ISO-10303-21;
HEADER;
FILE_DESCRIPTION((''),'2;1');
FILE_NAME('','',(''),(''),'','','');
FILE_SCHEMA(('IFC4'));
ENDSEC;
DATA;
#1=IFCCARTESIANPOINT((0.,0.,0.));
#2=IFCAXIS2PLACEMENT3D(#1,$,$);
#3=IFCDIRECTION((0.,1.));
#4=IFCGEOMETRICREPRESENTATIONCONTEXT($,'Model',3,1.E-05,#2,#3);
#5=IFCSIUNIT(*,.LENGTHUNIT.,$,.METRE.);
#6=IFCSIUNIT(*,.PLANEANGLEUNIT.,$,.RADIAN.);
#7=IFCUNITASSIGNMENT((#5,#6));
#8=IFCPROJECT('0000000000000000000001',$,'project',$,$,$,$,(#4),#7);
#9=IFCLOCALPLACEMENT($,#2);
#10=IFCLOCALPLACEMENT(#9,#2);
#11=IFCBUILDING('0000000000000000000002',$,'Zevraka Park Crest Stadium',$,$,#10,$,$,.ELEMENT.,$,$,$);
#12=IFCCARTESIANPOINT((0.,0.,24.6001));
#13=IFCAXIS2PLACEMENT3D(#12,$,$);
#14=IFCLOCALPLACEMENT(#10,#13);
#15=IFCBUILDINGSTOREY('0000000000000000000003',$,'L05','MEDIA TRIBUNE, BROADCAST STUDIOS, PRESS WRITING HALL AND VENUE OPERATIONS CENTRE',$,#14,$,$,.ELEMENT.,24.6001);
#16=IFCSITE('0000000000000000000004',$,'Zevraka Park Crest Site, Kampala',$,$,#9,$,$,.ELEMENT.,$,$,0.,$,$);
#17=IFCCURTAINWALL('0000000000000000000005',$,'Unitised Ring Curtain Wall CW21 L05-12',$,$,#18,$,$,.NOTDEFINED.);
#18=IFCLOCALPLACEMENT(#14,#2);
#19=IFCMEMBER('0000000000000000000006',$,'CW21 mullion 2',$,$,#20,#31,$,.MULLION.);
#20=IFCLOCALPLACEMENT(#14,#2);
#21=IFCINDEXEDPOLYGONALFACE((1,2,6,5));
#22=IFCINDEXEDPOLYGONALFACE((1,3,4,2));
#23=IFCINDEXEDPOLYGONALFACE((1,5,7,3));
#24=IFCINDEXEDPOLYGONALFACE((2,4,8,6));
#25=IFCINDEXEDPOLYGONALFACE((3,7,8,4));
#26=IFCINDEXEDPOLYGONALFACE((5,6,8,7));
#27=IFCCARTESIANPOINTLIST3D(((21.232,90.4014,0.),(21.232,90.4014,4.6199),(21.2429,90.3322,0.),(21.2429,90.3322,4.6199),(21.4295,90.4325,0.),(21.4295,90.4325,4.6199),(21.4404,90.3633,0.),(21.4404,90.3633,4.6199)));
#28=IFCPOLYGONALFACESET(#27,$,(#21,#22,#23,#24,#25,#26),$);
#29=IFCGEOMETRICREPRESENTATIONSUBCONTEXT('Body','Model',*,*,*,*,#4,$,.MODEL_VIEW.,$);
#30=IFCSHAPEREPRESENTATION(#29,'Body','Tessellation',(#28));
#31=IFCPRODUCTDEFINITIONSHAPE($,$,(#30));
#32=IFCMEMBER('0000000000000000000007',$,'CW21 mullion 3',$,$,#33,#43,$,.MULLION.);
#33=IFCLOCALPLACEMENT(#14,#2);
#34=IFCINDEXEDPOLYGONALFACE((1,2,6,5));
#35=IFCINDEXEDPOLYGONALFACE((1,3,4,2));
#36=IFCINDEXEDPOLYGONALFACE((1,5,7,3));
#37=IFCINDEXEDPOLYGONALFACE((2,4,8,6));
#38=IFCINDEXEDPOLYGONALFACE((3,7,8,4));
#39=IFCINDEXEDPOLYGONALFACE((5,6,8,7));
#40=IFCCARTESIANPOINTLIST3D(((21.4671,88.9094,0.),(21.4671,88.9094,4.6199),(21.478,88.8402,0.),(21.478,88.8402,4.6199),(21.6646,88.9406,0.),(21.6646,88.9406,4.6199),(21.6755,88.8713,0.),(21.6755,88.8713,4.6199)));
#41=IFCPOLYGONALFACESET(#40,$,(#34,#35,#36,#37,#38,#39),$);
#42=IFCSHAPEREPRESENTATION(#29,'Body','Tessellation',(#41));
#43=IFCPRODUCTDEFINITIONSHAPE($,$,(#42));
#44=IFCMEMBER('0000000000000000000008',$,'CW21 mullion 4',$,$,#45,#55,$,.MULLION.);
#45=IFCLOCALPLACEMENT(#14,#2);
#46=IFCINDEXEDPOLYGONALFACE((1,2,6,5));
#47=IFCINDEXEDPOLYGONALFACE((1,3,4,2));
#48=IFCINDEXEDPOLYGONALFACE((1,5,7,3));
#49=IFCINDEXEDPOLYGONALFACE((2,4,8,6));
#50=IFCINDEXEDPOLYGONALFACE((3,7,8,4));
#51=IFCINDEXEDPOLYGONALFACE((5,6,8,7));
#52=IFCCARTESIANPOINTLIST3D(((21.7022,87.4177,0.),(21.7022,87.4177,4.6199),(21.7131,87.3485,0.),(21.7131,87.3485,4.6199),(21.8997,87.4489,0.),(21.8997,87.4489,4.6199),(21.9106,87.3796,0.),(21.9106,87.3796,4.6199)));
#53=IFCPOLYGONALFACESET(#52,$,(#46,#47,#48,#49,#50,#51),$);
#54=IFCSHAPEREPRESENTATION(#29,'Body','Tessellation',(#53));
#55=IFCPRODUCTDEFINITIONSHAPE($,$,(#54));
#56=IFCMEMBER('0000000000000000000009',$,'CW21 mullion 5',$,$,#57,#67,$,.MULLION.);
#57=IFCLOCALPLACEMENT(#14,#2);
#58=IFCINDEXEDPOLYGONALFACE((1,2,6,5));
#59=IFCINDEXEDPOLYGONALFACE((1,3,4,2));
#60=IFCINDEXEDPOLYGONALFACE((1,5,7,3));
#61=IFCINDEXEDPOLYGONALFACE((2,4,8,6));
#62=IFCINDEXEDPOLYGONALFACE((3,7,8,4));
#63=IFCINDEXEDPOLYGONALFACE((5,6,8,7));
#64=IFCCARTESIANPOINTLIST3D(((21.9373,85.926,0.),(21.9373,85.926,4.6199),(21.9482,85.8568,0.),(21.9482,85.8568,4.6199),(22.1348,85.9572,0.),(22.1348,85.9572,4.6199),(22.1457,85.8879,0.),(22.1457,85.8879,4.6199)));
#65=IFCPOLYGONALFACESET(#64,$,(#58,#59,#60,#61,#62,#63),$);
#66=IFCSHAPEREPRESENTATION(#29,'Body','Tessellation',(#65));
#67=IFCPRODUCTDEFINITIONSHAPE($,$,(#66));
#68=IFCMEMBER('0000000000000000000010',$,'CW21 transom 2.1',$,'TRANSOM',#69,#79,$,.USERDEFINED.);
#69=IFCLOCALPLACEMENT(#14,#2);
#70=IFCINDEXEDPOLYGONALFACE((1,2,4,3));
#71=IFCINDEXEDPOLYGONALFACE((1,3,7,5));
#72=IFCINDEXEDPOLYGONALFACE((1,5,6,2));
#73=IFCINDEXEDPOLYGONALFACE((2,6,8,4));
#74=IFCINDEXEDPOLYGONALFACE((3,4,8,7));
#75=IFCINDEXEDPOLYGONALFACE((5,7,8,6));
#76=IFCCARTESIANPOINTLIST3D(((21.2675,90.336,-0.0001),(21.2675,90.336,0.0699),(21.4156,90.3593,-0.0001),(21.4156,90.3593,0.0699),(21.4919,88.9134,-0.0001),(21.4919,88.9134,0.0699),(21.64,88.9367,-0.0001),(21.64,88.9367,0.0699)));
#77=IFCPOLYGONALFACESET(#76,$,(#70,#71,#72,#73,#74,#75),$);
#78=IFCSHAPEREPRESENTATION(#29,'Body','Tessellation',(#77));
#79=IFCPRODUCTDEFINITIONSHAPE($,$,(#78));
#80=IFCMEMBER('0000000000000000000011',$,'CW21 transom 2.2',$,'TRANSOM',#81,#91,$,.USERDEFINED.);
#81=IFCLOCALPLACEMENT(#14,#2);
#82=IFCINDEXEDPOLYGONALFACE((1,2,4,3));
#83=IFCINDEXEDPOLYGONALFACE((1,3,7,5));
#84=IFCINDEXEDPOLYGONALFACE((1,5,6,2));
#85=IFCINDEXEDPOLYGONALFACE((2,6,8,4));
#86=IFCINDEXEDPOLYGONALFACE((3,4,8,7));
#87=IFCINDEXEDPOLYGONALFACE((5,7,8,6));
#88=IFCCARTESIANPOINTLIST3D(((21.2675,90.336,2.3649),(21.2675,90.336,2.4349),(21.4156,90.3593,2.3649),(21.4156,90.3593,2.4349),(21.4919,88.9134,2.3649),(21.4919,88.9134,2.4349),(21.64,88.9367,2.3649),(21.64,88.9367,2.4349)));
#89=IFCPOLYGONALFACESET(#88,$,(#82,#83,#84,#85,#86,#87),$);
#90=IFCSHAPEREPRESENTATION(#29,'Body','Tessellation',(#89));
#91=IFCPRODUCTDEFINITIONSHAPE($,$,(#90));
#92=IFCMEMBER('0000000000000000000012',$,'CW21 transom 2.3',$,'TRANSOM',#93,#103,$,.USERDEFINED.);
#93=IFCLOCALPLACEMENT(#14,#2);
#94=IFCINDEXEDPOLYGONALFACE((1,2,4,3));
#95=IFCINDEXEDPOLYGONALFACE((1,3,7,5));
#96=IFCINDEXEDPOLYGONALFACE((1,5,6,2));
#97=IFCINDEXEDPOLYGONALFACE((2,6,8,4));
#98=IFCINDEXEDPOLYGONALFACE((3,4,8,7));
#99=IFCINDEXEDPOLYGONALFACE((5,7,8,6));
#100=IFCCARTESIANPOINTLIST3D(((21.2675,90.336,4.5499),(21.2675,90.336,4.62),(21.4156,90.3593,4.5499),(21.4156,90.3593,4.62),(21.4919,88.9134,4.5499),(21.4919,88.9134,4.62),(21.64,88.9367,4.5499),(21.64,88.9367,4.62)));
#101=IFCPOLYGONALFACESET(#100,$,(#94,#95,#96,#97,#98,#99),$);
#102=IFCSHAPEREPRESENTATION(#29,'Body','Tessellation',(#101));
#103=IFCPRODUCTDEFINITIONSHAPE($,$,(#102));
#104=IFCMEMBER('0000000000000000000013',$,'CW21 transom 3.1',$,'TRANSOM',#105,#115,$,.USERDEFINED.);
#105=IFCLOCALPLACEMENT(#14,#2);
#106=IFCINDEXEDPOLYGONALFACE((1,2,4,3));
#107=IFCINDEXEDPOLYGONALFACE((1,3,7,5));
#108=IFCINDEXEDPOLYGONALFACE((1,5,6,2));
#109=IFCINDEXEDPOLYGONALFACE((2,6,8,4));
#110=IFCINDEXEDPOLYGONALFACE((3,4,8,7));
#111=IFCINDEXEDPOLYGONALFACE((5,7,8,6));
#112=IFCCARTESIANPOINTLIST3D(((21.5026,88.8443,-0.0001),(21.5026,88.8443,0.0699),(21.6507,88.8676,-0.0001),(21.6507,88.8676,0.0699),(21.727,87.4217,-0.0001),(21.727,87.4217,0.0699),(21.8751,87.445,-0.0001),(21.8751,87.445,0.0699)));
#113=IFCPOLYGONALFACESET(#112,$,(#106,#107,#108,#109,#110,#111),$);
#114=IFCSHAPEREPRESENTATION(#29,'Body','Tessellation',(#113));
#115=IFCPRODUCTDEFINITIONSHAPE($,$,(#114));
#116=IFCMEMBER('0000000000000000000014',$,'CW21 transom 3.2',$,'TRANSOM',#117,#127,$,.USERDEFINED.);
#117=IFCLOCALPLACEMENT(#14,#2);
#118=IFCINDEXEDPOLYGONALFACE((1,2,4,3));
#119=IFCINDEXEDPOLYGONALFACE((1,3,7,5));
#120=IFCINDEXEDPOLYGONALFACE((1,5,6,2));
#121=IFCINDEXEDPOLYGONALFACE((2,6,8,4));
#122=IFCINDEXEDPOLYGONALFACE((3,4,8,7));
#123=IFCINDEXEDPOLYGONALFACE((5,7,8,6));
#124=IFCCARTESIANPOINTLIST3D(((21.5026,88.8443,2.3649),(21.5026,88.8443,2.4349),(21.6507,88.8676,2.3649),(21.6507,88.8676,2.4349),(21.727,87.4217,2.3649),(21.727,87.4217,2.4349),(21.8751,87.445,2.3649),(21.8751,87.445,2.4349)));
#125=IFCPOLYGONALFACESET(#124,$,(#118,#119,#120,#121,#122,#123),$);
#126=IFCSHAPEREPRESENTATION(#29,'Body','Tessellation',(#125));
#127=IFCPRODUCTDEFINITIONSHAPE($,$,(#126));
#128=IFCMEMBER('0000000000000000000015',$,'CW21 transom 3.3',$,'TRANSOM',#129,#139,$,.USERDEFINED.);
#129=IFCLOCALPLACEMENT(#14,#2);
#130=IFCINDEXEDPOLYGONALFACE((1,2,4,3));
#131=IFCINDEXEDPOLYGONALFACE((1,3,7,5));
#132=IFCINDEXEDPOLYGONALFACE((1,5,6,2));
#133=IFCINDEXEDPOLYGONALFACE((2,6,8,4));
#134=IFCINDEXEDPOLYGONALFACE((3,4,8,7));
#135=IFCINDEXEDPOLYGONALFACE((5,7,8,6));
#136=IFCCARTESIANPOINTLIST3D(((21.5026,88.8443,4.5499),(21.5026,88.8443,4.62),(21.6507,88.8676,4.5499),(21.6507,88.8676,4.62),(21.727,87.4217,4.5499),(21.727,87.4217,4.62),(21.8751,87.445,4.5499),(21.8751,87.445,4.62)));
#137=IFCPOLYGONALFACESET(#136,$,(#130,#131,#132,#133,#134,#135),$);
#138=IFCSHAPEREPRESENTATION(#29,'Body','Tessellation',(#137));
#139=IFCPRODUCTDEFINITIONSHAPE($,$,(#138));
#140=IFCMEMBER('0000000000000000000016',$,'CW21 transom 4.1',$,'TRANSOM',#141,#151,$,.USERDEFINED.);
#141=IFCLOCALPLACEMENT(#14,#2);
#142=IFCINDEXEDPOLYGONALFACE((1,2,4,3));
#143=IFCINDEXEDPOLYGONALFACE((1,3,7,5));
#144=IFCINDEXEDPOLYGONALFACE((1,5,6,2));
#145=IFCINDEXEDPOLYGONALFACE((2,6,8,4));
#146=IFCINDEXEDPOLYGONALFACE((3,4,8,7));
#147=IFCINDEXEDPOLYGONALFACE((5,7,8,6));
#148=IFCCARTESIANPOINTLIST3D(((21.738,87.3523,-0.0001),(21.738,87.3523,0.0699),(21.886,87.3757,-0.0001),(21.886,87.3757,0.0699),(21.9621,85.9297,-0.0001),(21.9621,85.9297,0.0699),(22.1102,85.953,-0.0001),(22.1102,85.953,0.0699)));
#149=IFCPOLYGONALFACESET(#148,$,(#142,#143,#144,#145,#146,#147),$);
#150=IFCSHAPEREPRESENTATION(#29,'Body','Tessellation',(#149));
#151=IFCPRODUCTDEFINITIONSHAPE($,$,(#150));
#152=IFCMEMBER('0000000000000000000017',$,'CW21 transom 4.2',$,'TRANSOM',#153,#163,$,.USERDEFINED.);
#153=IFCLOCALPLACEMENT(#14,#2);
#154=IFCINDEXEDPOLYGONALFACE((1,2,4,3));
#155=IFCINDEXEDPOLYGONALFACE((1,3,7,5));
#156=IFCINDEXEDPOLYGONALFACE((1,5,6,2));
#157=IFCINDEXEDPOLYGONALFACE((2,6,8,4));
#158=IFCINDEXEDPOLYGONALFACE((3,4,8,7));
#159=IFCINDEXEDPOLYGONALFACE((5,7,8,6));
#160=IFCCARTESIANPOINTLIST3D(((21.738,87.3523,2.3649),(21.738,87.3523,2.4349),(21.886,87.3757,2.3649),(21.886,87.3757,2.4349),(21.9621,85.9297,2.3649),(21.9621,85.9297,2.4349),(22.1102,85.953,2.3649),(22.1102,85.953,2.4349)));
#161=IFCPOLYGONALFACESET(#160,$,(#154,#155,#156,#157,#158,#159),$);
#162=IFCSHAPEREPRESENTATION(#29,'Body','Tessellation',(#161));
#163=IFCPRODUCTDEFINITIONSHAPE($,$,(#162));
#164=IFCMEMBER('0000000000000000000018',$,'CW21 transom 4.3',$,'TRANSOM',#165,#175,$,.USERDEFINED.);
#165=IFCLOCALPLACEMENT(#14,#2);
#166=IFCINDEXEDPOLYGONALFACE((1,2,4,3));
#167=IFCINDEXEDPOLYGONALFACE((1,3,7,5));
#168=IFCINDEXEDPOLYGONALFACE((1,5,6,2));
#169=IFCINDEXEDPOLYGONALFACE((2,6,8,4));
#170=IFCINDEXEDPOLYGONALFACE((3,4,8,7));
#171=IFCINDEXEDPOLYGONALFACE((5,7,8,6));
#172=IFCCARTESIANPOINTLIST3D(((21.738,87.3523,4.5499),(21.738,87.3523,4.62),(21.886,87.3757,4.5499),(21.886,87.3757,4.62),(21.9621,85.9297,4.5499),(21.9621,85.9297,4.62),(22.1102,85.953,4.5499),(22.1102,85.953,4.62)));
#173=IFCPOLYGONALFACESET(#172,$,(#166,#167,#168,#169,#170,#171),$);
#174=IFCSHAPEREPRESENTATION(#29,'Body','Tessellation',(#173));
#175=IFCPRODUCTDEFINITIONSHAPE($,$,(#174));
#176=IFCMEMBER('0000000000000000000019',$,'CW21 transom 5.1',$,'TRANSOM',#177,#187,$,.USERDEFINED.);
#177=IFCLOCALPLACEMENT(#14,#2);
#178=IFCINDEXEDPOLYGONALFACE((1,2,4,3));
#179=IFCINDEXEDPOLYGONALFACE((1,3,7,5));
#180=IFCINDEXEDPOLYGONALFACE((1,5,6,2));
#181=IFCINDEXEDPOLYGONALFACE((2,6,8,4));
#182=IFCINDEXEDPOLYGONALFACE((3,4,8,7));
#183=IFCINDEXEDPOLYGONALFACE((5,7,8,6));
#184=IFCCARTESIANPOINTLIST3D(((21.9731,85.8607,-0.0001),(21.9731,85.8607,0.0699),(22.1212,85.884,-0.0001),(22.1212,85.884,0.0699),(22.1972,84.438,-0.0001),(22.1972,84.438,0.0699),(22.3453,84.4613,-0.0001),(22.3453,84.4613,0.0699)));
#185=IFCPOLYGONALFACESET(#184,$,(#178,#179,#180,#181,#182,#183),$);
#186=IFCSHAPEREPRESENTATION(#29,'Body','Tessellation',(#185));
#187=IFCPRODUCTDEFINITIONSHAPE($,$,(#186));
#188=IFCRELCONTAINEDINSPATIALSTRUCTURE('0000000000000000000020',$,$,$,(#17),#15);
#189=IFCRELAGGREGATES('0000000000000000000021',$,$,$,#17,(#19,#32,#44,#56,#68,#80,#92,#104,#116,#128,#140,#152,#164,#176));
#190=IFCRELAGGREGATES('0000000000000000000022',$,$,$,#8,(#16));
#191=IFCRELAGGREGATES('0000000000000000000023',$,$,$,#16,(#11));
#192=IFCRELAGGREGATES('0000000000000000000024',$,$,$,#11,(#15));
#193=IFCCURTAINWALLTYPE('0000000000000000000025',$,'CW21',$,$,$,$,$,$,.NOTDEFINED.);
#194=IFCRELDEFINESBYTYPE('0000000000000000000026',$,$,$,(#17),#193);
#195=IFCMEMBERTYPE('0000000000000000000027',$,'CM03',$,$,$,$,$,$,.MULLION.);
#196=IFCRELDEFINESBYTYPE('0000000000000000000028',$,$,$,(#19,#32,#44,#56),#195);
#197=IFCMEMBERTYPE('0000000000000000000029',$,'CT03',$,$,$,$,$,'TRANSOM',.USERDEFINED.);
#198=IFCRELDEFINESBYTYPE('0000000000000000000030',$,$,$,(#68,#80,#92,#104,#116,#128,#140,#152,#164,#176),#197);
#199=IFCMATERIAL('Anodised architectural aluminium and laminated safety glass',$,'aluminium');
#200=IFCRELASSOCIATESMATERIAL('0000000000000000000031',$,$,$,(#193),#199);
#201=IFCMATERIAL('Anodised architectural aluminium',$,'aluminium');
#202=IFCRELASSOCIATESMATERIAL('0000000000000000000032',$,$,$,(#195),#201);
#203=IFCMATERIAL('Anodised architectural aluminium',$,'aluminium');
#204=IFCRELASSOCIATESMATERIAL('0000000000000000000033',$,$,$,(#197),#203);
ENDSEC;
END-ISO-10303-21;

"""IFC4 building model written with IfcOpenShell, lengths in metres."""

from ifc_helpers import new_model, si_unit, direction, frame, origin, origin_2d, place, context, subcontext, project, spatial, rectangle, extrude, material, material_profile, profile_set, type_object, element, aggregate, save


model = new_model("IFC4")

# Units and contexts
model_context = context("Model", 3, precision=1e-05, world=origin(), true_north=direction((0.0, 1.0)))
body_context = subcontext(model_context, "Body", "Model", "MODEL_VIEW")
ifc_project = project(units=[si_unit("LENGTHUNIT", "METRE"), si_unit("PLANEANGLEUNIT", "RADIAN")], contexts=[model_context])

# Site, building, storey
site_placement = place(None, origin())
site = spatial("IfcSite", under=ifc_project, at=site_placement, Name="Zevraka Park Crest Site, Kampala", CompositionType="ELEMENT", RefElevation=0.0)
building_placement = place(site_placement, origin())
building = spatial("IfcBuilding", under=site, at=building_placement, Name="Zevraka Park Crest Stadium", CompositionType="ELEMENT")
storey_placement = place(building_placement, frame((0.0, 0.0, 24.6001)))
storey = spatial("IfcBuildingStorey", under=building, at=storey_placement, Name="L05", Description="MEDIA TRIBUNE, BROADCAST STUDIOS, PRESS WRITING HALL AND VENUE OPERATIONS CENTRE", CompositionType="ELEMENT", Elevation=24.6001)

# Curtain wall, members
ifc_material_1 = material(Name="Anodised architectural aluminium and laminated safety glass", Category="aluminium")
curtain_wall_type = type_object("IfcCurtainWallType", Name="CW21", PredefinedType="NOTDEFINED", material=ifc_material_1)
curtain_wall_placement = place(storey_placement, origin())
curtain_wall = element("IfcCurtainWall", 1, at=curtain_wall_placement, inside=storey, type_object=curtain_wall_type, Name="Unitised Ring Curtain Wall CW21 L05-12", PredefinedType="NOTDEFINED")
ifc_material_2 = material(Name="Anodised architectural aluminium", Category="aluminium")
ifc_material_profile_1 = material_profile(ifc_material_2, rectangle(XDim=0.2, YDim=0.0701, at=origin_2d()), Name="ALU MULLION 200x70")
ifc_profile_set_1 = profile_set([ifc_material_profile_1], Name="Anodised architectural aluminium")
member_type_1 = type_object("IfcMemberType", Name="CM03", PredefinedType="MULLION", material=ifc_profile_set_1)
member_1_placement = place(storey_placement, frame((21.3362, 90.3823, 0.0), z_axis=(0.0, 0.0, 1.0), x_axis=(0.987803, 0.155711, 0.0)))
member_1 = element("IfcMember", 2, at=member_1_placement, type_object=member_type_1, Name="CW21 mullion 2", PredefinedType="MULLION", context=body_context, shape_type="SweptSolid", body=[
    extrude(rectangle(XDim=0.2, YDim=0.0701, at=origin_2d()), origin(), (0.0, 0.0, 1.0), 4.6199),
])
member_2_placement = place(storey_placement, frame((21.5713, 88.8904, 0.0), z_axis=(0.0, 0.0, 1.0), x_axis=(0.987803, 0.155711, 0.0)))
member_2 = element("IfcMember", 3, at=member_2_placement, type_object=member_type_1, Name="CW21 mullion 3", PredefinedType="MULLION", context=body_context, shape_type="SweptSolid", body=[
    extrude(rectangle(XDim=0.2, YDim=0.0701, at=origin_2d()), origin(), (0.0, 0.0, 1.0), 4.6199),
])
member_3_placement = place(storey_placement, frame((21.8064, 87.3987, 0.0), z_axis=(0.0, 0.0, 1.0), x_axis=(0.987803, 0.155711, 0.0)))
member_3 = element("IfcMember", 4, at=member_3_placement, type_object=member_type_1, Name="CW21 mullion 4", PredefinedType="MULLION", context=body_context, shape_type="SweptSolid", body=[
    extrude(rectangle(XDim=0.2, YDim=0.0701, at=origin_2d()), origin(), (0.0, 0.0, 1.0), 4.6199),
])
member_4_placement = place(storey_placement, frame((22.0415, 85.907, 0.0), z_axis=(0.0, 0.0, 1.0), x_axis=(0.987803, 0.155711, 0.0)))
member_4 = element("IfcMember", 5, at=member_4_placement, type_object=member_type_1, Name="CW21 mullion 5", PredefinedType="MULLION", context=body_context, shape_type="SweptSolid", body=[
    extrude(rectangle(XDim=0.2, YDim=0.0701, at=origin_2d()), origin(), (0.0, 0.0, 1.0), 4.6199),
])
ifc_material_3 = material(Name="Anodised architectural aluminium", Category="aluminium")
ifc_material_profile_2 = material_profile(ifc_material_3, rectangle(XDim=0.1499, YDim=0.0701, at=origin_2d()), Name="ALU TRANSOM 150x70")
ifc_profile_set_2 = profile_set([ifc_material_profile_2], Name="Anodised architectural aluminium")
member_type_2 = type_object("IfcMemberType", Name="CT03", ElementType="TRANSOM", PredefinedType="USERDEFINED", material=ifc_profile_set_2)
member_5_placement = place(storey_placement, frame((21.3416, 90.3477, 0.0349), z_axis=(0.155788, -0.98779, 0.0), x_axis=(0.98779, 0.155788, 0.0)))
member_5 = element("IfcMember", 6, at=member_5_placement, type_object=member_type_2, Name="CW21 transom 2.1", ObjectType="TRANSOM", PredefinedType="USERDEFINED", context=body_context, shape_type="SweptSolid", body=[
    extrude(rectangle(XDim=0.1499, YDim=0.0701, at=origin_2d()), origin(), (0.0, 0.0, 1.0), 1.4402),
])
member_6_placement = place(storey_placement, frame((21.3416, 90.3477, 2.3999), z_axis=(0.155788, -0.98779, 0.0), x_axis=(0.98779, 0.155788, 0.0)))
member_6 = element("IfcMember", 7, at=member_6_placement, type_object=member_type_2, Name="CW21 transom 2.2", ObjectType="TRANSOM", PredefinedType="USERDEFINED", context=body_context, shape_type="SweptSolid", body=[
    extrude(rectangle(XDim=0.1499, YDim=0.0701, at=origin_2d()), origin(), (0.0, 0.0, 1.0), 1.4402),
])
member_7_placement = place(storey_placement, frame((21.3416, 90.3477, 4.585), z_axis=(0.155788, -0.98779, 0.0), x_axis=(0.98779, 0.155788, 0.0)))
member_7 = element("IfcMember", 8, at=member_7_placement, type_object=member_type_2, Name="CW21 transom 2.3", ObjectType="TRANSOM", PredefinedType="USERDEFINED", context=body_context, shape_type="SweptSolid", body=[
    extrude(rectangle(XDim=0.1499, YDim=0.0701, at=origin_2d()), origin(), (0.0, 0.0, 1.0), 1.4402),
])
member_8_placement = place(storey_placement, frame((21.5767, 88.856, 0.0349), z_axis=(0.155788, -0.98779, 0.0), x_axis=(0.98779, 0.155788, 0.0)))
member_8 = element("IfcMember", 9, at=member_8_placement, type_object=member_type_2, Name="CW21 transom 3.1", ObjectType="TRANSOM", PredefinedType="USERDEFINED", context=body_context, shape_type="SweptSolid", body=[
    extrude(rectangle(XDim=0.1499, YDim=0.0701, at=origin_2d()), origin(), (0.0, 0.0, 1.0), 1.4402),
])
member_9_placement = place(storey_placement, frame((21.5767, 88.856, 2.3999), z_axis=(0.155788, -0.98779, 0.0), x_axis=(0.98779, 0.155788, 0.0)))
member_9 = element("IfcMember", 10, at=member_9_placement, type_object=member_type_2, Name="CW21 transom 3.2", ObjectType="TRANSOM", PredefinedType="USERDEFINED", context=body_context, shape_type="SweptSolid", body=[
    extrude(rectangle(XDim=0.1499, YDim=0.0701, at=origin_2d()), origin(), (0.0, 0.0, 1.0), 1.4402),
])
member_10_placement = place(storey_placement, frame((21.5767, 88.856, 4.585), z_axis=(0.155788, -0.98779, 0.0), x_axis=(0.98779, 0.155788, 0.0)))
member_10 = element("IfcMember", 11, at=member_10_placement, type_object=member_type_2, Name="CW21 transom 3.3", ObjectType="TRANSOM", PredefinedType="USERDEFINED", context=body_context, shape_type="SweptSolid", body=[
    extrude(rectangle(XDim=0.1499, YDim=0.0701, at=origin_2d()), origin(), (0.0, 0.0, 1.0), 1.4402),
])
member_11_placement = place(storey_placement, frame((21.812, 87.364, 0.0349), z_axis=(0.155623, -0.987817, 0.0), x_axis=(0.987817, 0.155623, 0.0)))
member_11 = element("IfcMember", 12, at=member_11_placement, type_object=member_type_2, Name="CW21 transom 4.1", ObjectType="TRANSOM", PredefinedType="USERDEFINED", context=body_context, shape_type="SweptSolid", body=[
    extrude(rectangle(XDim=0.1499, YDim=0.0701, at=origin_2d()), origin(), (0.0, 0.0, 1.0), 1.4402),
])
member_12_placement = place(storey_placement, frame((21.812, 87.364, 2.3999), z_axis=(0.155623, -0.987817, 0.0), x_axis=(0.987817, 0.155623, 0.0)))
member_12 = element("IfcMember", 13, at=member_12_placement, type_object=member_type_2, Name="CW21 transom 4.2", ObjectType="TRANSOM", PredefinedType="USERDEFINED", context=body_context, shape_type="SweptSolid", body=[
    extrude(rectangle(XDim=0.1499, YDim=0.0701, at=origin_2d()), origin(), (0.0, 0.0, 1.0), 1.4402),
])
member_13_placement = place(storey_placement, frame((21.812, 87.364, 4.585), z_axis=(0.155623, -0.987817, 0.0), x_axis=(0.987817, 0.155623, 0.0)))
member_13 = element("IfcMember", 14, at=member_13_placement, type_object=member_type_2, Name="CW21 transom 4.3", ObjectType="TRANSOM", PredefinedType="USERDEFINED", context=body_context, shape_type="SweptSolid", body=[
    extrude(rectangle(XDim=0.1499, YDim=0.0701, at=origin_2d()), origin(), (0.0, 0.0, 1.0), 1.4402),
])
member_14_placement = place(storey_placement, frame((22.0471, 85.8723, 0.0349), z_axis=(0.155623, -0.987817, 0.0), x_axis=(0.987817, 0.155623, 0.0)))
member_14 = element("IfcMember", 15, at=member_14_placement, type_object=member_type_2, Name="CW21 transom 5.1", ObjectType="TRANSOM", PredefinedType="USERDEFINED", context=body_context, shape_type="SweptSolid", body=[
    extrude(rectangle(XDim=0.1499, YDim=0.0701, at=origin_2d()), origin(), (0.0, 0.0, 1.0), 1.4402),
])
aggregate(curtain_wall, [member_1, member_2, member_3, member_4, member_5, member_6, member_7, member_8, member_9, member_10, member_11, member_12, member_13, member_14])

save(model, "model.ifc")
